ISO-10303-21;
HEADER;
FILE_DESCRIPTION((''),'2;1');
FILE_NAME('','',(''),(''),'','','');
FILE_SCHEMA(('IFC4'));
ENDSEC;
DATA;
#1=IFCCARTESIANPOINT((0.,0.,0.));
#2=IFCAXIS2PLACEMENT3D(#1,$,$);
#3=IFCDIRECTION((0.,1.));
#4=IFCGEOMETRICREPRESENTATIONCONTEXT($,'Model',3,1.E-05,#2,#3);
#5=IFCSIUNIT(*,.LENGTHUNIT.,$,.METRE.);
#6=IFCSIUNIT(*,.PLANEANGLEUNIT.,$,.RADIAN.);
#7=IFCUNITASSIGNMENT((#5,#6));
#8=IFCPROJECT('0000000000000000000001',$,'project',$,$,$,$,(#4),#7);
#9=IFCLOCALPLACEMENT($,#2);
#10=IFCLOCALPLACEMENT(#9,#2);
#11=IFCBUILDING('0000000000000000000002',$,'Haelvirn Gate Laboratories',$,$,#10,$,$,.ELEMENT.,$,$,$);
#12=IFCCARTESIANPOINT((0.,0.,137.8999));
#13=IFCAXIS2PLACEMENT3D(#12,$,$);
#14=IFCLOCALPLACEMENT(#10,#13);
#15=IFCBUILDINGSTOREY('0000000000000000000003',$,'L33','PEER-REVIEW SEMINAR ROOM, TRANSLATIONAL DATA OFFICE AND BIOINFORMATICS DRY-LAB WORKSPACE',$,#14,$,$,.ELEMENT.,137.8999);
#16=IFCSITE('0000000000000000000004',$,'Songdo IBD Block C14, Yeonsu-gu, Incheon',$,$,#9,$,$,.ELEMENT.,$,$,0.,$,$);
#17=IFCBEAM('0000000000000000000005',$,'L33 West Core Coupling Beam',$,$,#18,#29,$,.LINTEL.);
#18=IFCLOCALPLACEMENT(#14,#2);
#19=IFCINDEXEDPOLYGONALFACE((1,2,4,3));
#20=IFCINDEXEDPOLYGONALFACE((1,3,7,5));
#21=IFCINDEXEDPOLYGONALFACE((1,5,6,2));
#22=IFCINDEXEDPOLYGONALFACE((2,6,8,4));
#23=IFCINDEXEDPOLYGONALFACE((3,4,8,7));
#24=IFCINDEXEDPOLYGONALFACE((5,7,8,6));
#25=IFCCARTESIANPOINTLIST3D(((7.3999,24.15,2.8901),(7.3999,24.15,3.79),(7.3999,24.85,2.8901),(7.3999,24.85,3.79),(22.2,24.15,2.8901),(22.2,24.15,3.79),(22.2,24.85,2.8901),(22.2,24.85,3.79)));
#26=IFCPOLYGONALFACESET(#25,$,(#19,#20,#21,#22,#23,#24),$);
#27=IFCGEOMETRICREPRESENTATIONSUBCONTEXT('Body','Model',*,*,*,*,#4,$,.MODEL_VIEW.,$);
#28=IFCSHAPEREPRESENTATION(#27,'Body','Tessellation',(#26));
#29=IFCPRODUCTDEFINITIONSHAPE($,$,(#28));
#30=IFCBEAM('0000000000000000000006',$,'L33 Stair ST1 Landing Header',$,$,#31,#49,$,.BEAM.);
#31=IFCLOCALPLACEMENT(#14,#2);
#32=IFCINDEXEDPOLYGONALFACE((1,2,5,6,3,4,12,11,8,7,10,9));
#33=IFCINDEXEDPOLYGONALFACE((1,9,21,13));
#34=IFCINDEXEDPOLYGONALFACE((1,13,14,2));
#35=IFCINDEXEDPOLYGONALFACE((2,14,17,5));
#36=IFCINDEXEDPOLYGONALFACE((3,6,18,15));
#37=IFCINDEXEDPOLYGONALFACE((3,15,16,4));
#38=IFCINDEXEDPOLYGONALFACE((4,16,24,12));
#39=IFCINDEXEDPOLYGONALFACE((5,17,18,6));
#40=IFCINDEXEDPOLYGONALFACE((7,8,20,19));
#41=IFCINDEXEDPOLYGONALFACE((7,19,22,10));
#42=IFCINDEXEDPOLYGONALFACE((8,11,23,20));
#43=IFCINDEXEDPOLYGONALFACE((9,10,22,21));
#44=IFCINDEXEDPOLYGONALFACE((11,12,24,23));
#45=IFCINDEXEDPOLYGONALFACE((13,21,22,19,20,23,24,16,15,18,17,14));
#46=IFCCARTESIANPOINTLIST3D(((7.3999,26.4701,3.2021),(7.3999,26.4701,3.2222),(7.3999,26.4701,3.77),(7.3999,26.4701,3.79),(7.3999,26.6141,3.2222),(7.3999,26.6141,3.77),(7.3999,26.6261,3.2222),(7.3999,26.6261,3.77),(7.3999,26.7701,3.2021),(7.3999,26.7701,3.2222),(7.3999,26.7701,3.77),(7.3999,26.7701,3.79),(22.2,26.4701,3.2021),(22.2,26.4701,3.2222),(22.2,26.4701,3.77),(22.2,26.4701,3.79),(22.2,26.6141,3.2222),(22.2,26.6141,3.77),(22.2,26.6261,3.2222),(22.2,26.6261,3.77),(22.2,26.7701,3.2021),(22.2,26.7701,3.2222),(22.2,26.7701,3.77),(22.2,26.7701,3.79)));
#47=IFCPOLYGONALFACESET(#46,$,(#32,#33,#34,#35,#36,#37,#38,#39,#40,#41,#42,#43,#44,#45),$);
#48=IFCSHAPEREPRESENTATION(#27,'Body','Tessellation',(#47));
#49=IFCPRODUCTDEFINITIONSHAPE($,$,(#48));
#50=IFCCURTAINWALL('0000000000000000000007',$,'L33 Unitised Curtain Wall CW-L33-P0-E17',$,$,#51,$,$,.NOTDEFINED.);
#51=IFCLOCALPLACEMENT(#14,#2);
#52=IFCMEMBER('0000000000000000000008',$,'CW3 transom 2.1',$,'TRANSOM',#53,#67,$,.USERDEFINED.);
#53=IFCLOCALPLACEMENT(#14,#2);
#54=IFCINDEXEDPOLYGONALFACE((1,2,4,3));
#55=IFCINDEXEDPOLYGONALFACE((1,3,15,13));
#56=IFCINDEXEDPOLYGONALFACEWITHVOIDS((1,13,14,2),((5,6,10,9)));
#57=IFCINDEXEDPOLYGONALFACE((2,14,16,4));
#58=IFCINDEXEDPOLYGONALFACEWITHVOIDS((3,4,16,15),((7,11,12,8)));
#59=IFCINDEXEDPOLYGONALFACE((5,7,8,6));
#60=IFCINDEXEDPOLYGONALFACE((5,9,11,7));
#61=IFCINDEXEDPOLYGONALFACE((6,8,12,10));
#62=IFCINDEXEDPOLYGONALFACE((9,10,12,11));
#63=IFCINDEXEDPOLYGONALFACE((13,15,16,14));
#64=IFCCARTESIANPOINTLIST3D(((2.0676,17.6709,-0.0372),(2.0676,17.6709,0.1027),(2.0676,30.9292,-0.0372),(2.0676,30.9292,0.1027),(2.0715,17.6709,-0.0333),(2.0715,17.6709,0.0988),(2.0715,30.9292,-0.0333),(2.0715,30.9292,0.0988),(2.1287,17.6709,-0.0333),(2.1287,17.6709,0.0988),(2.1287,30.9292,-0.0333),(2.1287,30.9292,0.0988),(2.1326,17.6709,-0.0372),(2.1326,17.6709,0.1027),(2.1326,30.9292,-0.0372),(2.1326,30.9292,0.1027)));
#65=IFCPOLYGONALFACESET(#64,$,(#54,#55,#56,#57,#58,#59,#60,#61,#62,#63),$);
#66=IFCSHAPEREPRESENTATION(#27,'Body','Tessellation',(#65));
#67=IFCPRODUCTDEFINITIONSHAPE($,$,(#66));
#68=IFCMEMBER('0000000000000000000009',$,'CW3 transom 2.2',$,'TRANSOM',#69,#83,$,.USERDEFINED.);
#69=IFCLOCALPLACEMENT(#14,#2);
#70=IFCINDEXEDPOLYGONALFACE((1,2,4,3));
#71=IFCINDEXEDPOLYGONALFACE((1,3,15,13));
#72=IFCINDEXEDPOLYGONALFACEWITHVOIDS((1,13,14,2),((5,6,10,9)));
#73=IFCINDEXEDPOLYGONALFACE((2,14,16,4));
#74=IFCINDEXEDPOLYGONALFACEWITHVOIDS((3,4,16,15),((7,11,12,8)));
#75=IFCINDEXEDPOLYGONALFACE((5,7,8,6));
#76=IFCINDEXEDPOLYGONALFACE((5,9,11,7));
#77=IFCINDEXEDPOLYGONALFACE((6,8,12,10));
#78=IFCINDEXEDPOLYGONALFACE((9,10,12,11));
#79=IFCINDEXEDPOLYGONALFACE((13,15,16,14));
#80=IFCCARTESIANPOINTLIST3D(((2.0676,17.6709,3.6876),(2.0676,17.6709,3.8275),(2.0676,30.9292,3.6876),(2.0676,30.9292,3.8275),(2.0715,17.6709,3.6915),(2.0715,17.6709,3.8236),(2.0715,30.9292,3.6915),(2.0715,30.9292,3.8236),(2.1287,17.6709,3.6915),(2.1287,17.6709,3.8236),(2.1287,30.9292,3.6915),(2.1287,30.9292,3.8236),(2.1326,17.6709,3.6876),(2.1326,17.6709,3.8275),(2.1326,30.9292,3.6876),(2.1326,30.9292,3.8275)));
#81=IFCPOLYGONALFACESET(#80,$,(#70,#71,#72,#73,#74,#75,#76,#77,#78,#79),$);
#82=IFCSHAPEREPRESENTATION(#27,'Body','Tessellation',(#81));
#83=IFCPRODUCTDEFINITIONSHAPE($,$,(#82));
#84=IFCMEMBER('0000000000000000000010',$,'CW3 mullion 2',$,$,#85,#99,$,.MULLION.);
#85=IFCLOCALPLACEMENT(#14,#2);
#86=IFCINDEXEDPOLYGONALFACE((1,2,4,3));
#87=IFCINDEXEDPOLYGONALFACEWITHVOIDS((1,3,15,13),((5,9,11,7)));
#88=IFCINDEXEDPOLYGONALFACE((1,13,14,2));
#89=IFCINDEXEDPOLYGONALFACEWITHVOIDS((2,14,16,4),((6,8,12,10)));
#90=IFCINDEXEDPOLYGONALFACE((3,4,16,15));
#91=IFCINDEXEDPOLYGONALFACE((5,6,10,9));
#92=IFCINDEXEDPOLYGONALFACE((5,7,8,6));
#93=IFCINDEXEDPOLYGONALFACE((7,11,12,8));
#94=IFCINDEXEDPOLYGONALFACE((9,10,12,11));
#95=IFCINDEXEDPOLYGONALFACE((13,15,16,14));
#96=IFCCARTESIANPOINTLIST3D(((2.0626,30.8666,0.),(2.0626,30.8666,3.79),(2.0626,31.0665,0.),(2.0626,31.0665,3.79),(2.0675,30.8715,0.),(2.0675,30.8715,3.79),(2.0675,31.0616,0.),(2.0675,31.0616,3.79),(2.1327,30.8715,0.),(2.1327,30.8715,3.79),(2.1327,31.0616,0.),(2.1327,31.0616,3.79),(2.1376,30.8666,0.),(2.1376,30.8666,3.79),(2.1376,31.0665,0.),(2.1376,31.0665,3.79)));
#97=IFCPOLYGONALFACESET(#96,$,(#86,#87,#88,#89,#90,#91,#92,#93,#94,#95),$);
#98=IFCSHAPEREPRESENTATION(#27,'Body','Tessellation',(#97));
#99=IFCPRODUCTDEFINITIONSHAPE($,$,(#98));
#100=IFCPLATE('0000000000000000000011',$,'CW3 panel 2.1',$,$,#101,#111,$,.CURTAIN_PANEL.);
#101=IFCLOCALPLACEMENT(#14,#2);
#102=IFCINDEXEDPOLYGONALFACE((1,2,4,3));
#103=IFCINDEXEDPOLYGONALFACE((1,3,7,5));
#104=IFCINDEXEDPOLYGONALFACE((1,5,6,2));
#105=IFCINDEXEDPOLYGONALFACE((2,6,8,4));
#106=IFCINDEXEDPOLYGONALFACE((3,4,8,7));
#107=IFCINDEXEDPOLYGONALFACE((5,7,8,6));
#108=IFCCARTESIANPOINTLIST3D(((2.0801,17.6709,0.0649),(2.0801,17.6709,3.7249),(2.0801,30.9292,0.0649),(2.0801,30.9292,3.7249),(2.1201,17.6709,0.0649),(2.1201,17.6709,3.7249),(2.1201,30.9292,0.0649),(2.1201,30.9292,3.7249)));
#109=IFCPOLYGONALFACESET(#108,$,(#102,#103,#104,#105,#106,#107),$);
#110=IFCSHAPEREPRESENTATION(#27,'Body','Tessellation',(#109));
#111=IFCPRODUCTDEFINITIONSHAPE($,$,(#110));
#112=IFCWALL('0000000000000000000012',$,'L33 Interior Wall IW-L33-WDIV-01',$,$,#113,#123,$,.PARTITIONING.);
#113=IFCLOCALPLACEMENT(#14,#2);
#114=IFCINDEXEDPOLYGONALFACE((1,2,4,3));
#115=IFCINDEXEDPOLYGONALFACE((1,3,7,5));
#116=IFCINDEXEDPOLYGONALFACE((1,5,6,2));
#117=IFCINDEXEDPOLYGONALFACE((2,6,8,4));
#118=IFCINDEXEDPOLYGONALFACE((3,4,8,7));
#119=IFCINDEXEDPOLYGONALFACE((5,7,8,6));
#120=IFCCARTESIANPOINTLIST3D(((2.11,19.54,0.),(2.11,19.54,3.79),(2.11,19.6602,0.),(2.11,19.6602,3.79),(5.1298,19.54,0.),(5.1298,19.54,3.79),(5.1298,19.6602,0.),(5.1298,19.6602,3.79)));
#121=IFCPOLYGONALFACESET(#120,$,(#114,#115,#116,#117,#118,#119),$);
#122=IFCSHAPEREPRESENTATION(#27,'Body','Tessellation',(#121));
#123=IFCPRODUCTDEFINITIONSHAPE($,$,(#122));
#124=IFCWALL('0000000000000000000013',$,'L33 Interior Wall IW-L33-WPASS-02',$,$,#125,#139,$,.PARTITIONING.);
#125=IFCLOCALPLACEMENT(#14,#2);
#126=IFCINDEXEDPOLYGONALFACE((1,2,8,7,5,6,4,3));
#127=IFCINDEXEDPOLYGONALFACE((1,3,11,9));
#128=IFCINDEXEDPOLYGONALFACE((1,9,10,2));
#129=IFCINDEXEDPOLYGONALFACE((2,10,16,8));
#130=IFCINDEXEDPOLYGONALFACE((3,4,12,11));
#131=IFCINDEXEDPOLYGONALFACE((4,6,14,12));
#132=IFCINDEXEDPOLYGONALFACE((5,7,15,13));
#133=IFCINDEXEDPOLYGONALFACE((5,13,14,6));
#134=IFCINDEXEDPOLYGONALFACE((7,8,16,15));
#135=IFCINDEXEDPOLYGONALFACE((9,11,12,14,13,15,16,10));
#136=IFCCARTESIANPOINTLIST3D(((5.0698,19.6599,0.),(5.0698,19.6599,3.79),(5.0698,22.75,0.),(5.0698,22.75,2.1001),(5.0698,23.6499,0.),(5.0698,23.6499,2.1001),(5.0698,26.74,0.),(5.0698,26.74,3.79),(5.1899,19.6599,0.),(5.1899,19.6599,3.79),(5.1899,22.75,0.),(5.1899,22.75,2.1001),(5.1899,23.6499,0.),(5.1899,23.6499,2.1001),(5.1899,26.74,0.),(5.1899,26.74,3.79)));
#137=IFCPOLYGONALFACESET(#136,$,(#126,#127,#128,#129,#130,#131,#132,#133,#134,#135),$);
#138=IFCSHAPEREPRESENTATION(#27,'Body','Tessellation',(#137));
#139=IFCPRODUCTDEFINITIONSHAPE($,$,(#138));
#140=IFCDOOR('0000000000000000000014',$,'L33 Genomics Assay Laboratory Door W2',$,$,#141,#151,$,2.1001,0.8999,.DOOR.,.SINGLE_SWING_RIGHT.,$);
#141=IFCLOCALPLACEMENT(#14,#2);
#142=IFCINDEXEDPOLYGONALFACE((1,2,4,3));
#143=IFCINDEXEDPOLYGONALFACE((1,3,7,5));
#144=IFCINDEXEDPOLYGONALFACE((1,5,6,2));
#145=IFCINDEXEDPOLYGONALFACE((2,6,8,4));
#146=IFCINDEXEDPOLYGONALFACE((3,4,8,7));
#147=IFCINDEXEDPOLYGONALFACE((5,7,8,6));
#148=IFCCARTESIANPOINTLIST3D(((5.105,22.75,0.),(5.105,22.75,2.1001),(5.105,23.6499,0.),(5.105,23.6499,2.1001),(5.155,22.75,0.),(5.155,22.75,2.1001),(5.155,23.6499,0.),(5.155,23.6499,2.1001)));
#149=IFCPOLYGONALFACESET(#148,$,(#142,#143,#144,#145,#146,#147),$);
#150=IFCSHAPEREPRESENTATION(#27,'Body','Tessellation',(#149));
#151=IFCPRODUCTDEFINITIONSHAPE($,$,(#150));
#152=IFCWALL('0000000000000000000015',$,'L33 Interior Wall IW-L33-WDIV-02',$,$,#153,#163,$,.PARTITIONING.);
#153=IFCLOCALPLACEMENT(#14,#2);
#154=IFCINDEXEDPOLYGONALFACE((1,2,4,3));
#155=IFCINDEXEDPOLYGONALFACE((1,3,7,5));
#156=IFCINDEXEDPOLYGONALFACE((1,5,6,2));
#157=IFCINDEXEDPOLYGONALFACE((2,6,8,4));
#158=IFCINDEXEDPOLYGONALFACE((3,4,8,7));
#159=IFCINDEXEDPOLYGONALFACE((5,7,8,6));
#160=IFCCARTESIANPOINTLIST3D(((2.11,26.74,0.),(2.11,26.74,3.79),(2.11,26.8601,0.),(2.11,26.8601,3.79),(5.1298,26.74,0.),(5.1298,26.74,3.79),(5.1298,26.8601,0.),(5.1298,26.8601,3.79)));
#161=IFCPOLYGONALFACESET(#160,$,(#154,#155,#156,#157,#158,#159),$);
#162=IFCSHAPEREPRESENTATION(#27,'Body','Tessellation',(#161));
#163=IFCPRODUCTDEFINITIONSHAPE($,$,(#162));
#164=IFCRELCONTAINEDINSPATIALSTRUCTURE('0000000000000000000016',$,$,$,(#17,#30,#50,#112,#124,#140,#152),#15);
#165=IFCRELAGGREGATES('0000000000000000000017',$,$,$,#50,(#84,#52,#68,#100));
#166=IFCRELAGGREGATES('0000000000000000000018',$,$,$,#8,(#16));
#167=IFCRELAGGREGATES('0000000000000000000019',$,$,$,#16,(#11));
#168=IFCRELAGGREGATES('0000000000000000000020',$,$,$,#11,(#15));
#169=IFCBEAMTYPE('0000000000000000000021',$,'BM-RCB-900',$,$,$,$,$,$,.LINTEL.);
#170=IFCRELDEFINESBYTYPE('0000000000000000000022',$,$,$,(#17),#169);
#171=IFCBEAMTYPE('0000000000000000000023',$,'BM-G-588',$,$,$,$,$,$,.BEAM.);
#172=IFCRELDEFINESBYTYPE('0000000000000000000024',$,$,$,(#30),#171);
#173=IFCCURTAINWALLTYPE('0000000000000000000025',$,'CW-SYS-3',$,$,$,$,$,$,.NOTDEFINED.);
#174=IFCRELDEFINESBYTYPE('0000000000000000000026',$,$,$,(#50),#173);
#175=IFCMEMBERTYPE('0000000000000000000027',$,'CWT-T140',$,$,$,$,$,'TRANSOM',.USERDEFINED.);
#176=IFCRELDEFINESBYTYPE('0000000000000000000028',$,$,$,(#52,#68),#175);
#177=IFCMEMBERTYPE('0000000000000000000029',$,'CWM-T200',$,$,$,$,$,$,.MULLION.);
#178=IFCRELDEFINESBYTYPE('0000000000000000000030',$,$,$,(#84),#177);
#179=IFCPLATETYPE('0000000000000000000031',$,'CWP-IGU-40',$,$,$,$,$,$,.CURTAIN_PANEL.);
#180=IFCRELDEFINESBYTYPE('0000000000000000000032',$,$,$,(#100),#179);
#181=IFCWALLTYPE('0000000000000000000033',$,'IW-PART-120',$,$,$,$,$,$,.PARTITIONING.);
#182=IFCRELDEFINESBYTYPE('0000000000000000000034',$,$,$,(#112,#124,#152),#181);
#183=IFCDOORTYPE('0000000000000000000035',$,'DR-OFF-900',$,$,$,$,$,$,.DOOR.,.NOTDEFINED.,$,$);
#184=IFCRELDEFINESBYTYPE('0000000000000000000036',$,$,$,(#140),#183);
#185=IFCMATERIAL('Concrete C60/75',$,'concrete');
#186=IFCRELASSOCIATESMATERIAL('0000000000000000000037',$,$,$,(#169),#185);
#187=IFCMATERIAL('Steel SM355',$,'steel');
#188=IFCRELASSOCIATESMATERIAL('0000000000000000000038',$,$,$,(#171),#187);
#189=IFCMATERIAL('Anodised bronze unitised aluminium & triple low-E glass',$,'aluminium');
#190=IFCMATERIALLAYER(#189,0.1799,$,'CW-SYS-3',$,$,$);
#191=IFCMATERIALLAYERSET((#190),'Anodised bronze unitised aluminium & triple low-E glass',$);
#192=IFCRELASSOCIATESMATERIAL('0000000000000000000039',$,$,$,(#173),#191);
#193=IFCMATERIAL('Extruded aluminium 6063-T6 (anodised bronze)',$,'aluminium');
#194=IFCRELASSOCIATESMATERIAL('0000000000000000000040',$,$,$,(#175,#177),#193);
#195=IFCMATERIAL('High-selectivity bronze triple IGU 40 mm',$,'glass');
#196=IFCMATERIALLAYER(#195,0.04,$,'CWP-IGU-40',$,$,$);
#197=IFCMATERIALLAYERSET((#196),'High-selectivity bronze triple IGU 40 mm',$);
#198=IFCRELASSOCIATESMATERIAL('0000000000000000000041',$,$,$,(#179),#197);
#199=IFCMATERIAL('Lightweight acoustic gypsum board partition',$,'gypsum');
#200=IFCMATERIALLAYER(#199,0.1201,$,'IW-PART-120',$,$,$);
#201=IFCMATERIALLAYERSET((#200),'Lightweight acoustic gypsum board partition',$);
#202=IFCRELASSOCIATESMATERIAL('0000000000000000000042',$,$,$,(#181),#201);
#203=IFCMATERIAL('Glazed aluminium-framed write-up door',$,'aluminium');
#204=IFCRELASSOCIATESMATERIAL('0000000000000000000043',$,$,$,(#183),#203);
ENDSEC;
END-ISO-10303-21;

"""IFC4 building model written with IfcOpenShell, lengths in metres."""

from ifc_helpers import new_model, si_unit, direction, frame, frame_2d, origin, origin_2d, place, context, subcontext, project, spatial, rectangle, hollow_rectangle, i_section, extrude, source, transform, mapped, material, layer, layer_set, material_profile, profile_set, type_object, type_shapes, element, fill, aggregate, save


model = new_model("IFC4")

# Units and contexts
model_context = context("Model", 3, precision=1e-05, world=origin(), true_north=direction((0.0, 1.0)))
body_context = subcontext(model_context, "Body", "Model", "MODEL_VIEW")
ifc_project = project(units=[si_unit("LENGTHUNIT", "METRE"), si_unit("PLANEANGLEUNIT", "RADIAN")], contexts=[model_context])

# Site, building, storey
site_placement = place(None, origin())
site = spatial("IfcSite", under=ifc_project, at=site_placement, Name="Songdo IBD Block C14, Yeonsu-gu, Incheon", CompositionType="ELEMENT", RefElevation=0.0)
building_placement = place(site_placement, origin())
building = spatial("IfcBuilding", under=site, at=building_placement, Name="Haelvirn Gate Laboratories", CompositionType="ELEMENT")
storey_placement = place(building_placement, frame((0.0, 0.0, 137.8999)))
storey = spatial("IfcBuildingStorey", under=building, at=storey_placement, Name="L33", Description="PEER-REVIEW SEMINAR ROOM, TRANSLATIONAL DATA OFFICE AND BIOINFORMATICS DRY-LAB WORKSPACE", CompositionType="ELEMENT", Elevation=137.8999)

# Beams
ifc_material_1 = material(Name="Concrete C60/75", Category="concrete")
ifc_material_profile_1 = material_profile(ifc_material_1, rectangle(XDim=0.7, YDim=0.8999, at=origin_2d()), Name="RCB-700x900")
ifc_profile_set_1 = profile_set([ifc_material_profile_1], Name="Concrete C60/75")
beam_type_1 = type_object("IfcBeamType", Name="BM-RCB-900", PredefinedType="LINTEL", material=ifc_profile_set_1)
shared_shape_1 = source(origin(), body_context, "Body", "SweptSolid", [
    extrude(rectangle(XDim=0.7, YDim=0.8999, at=origin_2d()), origin(), (0.0, 0.0, 1.0), 14.8),
])
type_shapes(beam_type_1, [shared_shape_1])
beam_1_placement = place(storey_placement, frame((7.3999, 24.5, 3.3401), z_axis=(1.0, 0.0, 0.0), x_axis=(0.0, 1.0, 0.0)))
element("IfcBeam", 1, at=beam_1_placement, inside=storey, type_object=beam_type_1, Name="L33 West Core Coupling Beam", PredefinedType="LINTEL", context=body_context, shape_type="MappedRepresentation", body=[
    mapped(shared_shape_1, transform((0.0, 0.0, 0.0), scale=1.0)),
])
ifc_material_2 = material(Name="Steel SM355", Category="steel")
ifc_material_profile_2 = material_profile(ifc_material_2, i_section(OverallWidth=0.3, OverallDepth=0.5879, WebThickness=0.012, FlangeThickness=0.02, at=origin_2d()), Name="H-588x300x12x20")
ifc_profile_set_2 = profile_set([ifc_material_profile_2], Name="Steel SM355")
beam_type_2 = type_object("IfcBeamType", Name="BM-G-588", PredefinedType="BEAM", material=ifc_profile_set_2)
shared_shape_2 = source(origin(), body_context, "Body", "SweptSolid", [
    extrude(i_section(OverallWidth=0.3, OverallDepth=0.5879, WebThickness=0.012, FlangeThickness=0.02, at=origin_2d()), origin(), (0.0, 0.0, 1.0), 14.8),
])
type_shapes(beam_type_2, [shared_shape_2])
beam_2_placement = place(storey_placement, frame((7.3999, 26.6201, 3.4961), z_axis=(1.0, 0.0, 0.0), x_axis=(0.0, 1.0, 0.0)))
element("IfcBeam", 2, at=beam_2_placement, inside=storey, type_object=beam_type_2, Name="L33 Stair ST1 Landing Header", PredefinedType="BEAM", context=body_context, shape_type="MappedRepresentation", body=[
    mapped(shared_shape_2, transform((0.0, 0.0, 0.0), scale=1.0)),
])

# Curtain wall, members, plate
ifc_material_3 = material(Name="Anodised bronze unitised aluminium & triple low-E glass", Category="aluminium")
ifc_layer_1 = layer(ifc_material_3, 0.1799, Name="CW-SYS-3")
ifc_layer_set_1 = layer_set([ifc_layer_1], Name="Anodised bronze unitised aluminium & triple low-E glass")
curtain_wall_type = type_object("IfcCurtainWallType", Name="CW-SYS-3", PredefinedType="NOTDEFINED", material=ifc_layer_set_1)
curtain_wall_placement = place(storey_placement, origin())
curtain_wall = element("IfcCurtainWall", 3, at=curtain_wall_placement, inside=storey, type_object=curtain_wall_type, Name="L33 Unitised Curtain Wall CW-L33-P0-E17", PredefinedType="NOTDEFINED")
ifc_material_4 = material(Name="Extruded aluminium 6063-T6 (anodised bronze)", Category="aluminium")
ifc_material_profile_3 = material_profile(ifc_material_4, hollow_rectangle(XDim=0.0649, YDim=0.1399, WallThickness=0.0039, at=origin_2d()), Name="CWT-140x65x4")
ifc_profile_set_3 = profile_set([ifc_material_profile_3], Name="Extruded aluminium 6063-T6 (anodised bronze)")
member_type_1 = type_object("IfcMemberType", Name="CWT-T140", ElementType="TRANSOM", PredefinedType="USERDEFINED", material=ifc_profile_set_3)
shared_shape_3 = source(origin(), body_context, "Body", "SweptSolid", [
    extrude(hollow_rectangle(XDim=0.0649, YDim=0.1399, WallThickness=0.0039, at=origin_2d()), origin(), (0.0, 0.0, 1.0), 13.2583),
])
type_shapes(member_type_1, [shared_shape_3])
member_1_placement = place(storey_placement, frame((2.1001, 30.9292, 0.0327), z_axis=(0.0, -1.0, 0.0), x_axis=(1.0, 0.0, 0.0)))
member_1 = element("IfcMember", 4, at=member_1_placement, type_object=member_type_1, Name="CW3 transom 2.1", ObjectType="TRANSOM", PredefinedType="USERDEFINED", context=body_context, shape_type="MappedRepresentation", body=[
    mapped(shared_shape_3, transform((0.0, 0.0, 0.0), scale=1.0)),
])
member_2_placement = place(storey_placement, frame((2.1001, 30.9292, 3.7576), z_axis=(0.0, -1.0, 0.0), x_axis=(1.0, 0.0, 0.0)))
member_2 = element("IfcMember", 5, at=member_2_placement, type_object=member_type_1, Name="CW3 transom 2.2", ObjectType="TRANSOM", PredefinedType="USERDEFINED", context=body_context, shape_type="MappedRepresentation", body=[
    mapped(shared_shape_3, transform((0.0, 0.0, 0.0), scale=1.0)),
])
ifc_material_profile_4 = material_profile(ifc_material_4, hollow_rectangle(XDim=0.075, YDim=0.2, WallThickness=0.0049, at=origin_2d()), Name="CWM-200x75x5")
ifc_profile_set_4 = profile_set([ifc_material_profile_4], Name="Extruded aluminium 6063-T6 (anodised bronze)")
member_type_2 = type_object("IfcMemberType", Name="CWM-T200", PredefinedType="MULLION", material=ifc_profile_set_4)
shared_shape_4 = source(origin(), body_context, "Body", "SweptSolid", [
    extrude(hollow_rectangle(XDim=0.075, YDim=0.2, WallThickness=0.0049, at=origin_2d()), origin(), (0.0, 0.0, 1.0), 3.79),
])
type_shapes(member_type_2, [shared_shape_4])
member_3_placement = place(storey_placement, frame((2.1001, 30.9666, 0.0), z_axis=(0.0, 0.0, 1.0), x_axis=(1.0, 0.0, 0.0)))
member_3 = element("IfcMember", 6, at=member_3_placement, type_object=member_type_2, Name="CW3 mullion 2", PredefinedType="MULLION", context=body_context, shape_type="MappedRepresentation", body=[
    mapped(shared_shape_4, transform((0.0, 0.0, 0.0), scale=1.0)),
])
ifc_material_5 = material(Name="High-selectivity bronze triple IGU 40 mm", Category="glass")
ifc_layer_2 = layer(ifc_material_5, 0.04, Name="CWP-IGU-40")
ifc_layer_set_2 = layer_set([ifc_layer_2], Name="High-selectivity bronze triple IGU 40 mm")
plate_type = type_object("IfcPlateType", Name="CWP-IGU-40", PredefinedType="CURTAIN_PANEL", material=ifc_layer_set_2)
shared_shape_5 = source(origin(), body_context, "Body", "SweptSolid", [
    extrude(rectangle(XDim=13.2583, YDim=0.04, at=origin_2d()), origin(), (0.0, 0.0, 1.0), 3.6599),
])
type_shapes(plate_type, [shared_shape_5])
plate_placement = place(storey_placement, frame((2.1001, 24.3, 0.0649), z_axis=(0.0, 0.0, 1.0), x_axis=(0.0, -1.0, 0.0)))
plate = element("IfcPlate", 7, at=plate_placement, type_object=plate_type, Name="CW3 panel 2.1", PredefinedType="CURTAIN_PANEL", context=body_context, shape_type="MappedRepresentation", body=[
    mapped(shared_shape_5, transform((0.0, 0.0, 0.0), scale=1.0)),
])
aggregate(curtain_wall, [member_3, member_1, member_2, plate])

# Wall
ifc_material_6 = material(Name="Lightweight acoustic gypsum board partition", Category="gypsum")
ifc_layer_3 = layer(ifc_material_6, 0.1201, Name="IW-PART-120")
ifc_layer_set_3 = layer_set([ifc_layer_3], Name="Lightweight acoustic gypsum board partition")
wall_type_1 = type_object("IfcWallType", Name="IW-PART-120", PredefinedType="PARTITIONING", material=ifc_layer_set_3)
wall_1_placement = place(storey_placement, frame((2.1101, 19.6001, 0.0), z_axis=(0.0, 0.0, 1.0), x_axis=(1.0, 0.0, 0.0)))
element("IfcWall", 8, at=wall_1_placement, inside=storey, type_object=wall_type_1, Name="L33 Interior Wall IW-L33-WDIV-01", PredefinedType="PARTITIONING", context=body_context, shape_type="SweptSolid", body=[
    extrude(rectangle(XDim=3.0198, YDim=0.1201, at=frame_2d((1.5098, 0.0))), origin(), (0.0, 0.0, 1.0), 3.79),
])

# Wall, opening, door
wall_2_placement = place(storey_placement, frame((5.1299, 19.6599, 0.0), z_axis=(0.0, 0.0, 1.0), x_axis=(0.0, 1.0, 0.0)))
wall_2 = element("IfcWall", 9, at=wall_2_placement, inside=storey, type_object=wall_type_1, Name="L33 Interior Wall IW-L33-WPASS-02", PredefinedType="PARTITIONING", context=body_context, shape_type="SweptSolid", body=[
    extrude(rectangle(XDim=7.0801, YDim=0.1201, at=frame_2d((3.54, 0.0))), origin(), (0.0, 0.0, 1.0), 3.79),
])
opening_1_placement = place(wall_2_placement, frame((3.0901, 0.0, 0.0)))
opening_1 = element("IfcOpeningElement", 10, at=opening_1_placement, cuts=wall_2, PredefinedType="OPENING", context=body_context, shape_type="SweptSolid", body=[
    extrude(rectangle(XDim=0.8999, YDim=2.1001, at=frame_2d((0.45, 1.05))), frame((0.0, 0.0701, 0.0), z_axis=(0.0, -1.0, 0.0), x_axis=(1.0, 0.0, 0.0)), (0.0, 0.0, 1.0), 0.1401),
])
ifc_material_7 = material(Name="Glazed aluminium-framed write-up door", Category="aluminium")
door_type_1 = type_object("IfcDoorType", Name="DR-OFF-900", OperationType="NOTDEFINED", PredefinedType="DOOR", material=ifc_material_7)
shared_shape_6 = source(origin(), body_context, "Body", "SweptSolid", [
    extrude(rectangle(XDim=0.8999, YDim=2.1001, at=frame_2d((0.45, 1.05))), frame((0.0, 0.0249, 0.0), z_axis=(0.0, -1.0, 0.0), x_axis=(1.0, 0.0, 0.0)), (0.0, 0.0, 1.0), 0.05),
])
type_shapes(door_type_1, [shared_shape_6])
door_1_placement = place(opening_1_placement, origin())
door_1 = element("IfcDoor", 11, at=door_1_placement, inside=storey, type_object=door_type_1, Name="L33 Genomics Assay Laboratory Door W2", OperationType="SINGLE_SWING_RIGHT", OverallHeight=2.1001, OverallWidth=0.8999, PredefinedType="DOOR", context=body_context, shape_type="MappedRepresentation", body=[
    mapped(shared_shape_6, transform((0.0, 0.0, 0.0), scale=1.0)),
])
fill(opening_1, door_1)

# Wall
wall_3_placement = place(storey_placement, frame((2.1101, 26.8, 0.0), z_axis=(0.0, 0.0, 1.0), x_axis=(1.0, 0.0, 0.0)))
element("IfcWall", 12, at=wall_3_placement, inside=storey, type_object=wall_type_1, Name="L33 Interior Wall IW-L33-WDIV-02", PredefinedType="PARTITIONING", context=body_context, shape_type="SweptSolid", body=[
    extrude(rectangle(XDim=3.0198, YDim=0.1201, at=frame_2d((1.5098, 0.0))), origin(), (0.0, 0.0, 1.0), 3.79),
])

save(model, "model.ifc")
